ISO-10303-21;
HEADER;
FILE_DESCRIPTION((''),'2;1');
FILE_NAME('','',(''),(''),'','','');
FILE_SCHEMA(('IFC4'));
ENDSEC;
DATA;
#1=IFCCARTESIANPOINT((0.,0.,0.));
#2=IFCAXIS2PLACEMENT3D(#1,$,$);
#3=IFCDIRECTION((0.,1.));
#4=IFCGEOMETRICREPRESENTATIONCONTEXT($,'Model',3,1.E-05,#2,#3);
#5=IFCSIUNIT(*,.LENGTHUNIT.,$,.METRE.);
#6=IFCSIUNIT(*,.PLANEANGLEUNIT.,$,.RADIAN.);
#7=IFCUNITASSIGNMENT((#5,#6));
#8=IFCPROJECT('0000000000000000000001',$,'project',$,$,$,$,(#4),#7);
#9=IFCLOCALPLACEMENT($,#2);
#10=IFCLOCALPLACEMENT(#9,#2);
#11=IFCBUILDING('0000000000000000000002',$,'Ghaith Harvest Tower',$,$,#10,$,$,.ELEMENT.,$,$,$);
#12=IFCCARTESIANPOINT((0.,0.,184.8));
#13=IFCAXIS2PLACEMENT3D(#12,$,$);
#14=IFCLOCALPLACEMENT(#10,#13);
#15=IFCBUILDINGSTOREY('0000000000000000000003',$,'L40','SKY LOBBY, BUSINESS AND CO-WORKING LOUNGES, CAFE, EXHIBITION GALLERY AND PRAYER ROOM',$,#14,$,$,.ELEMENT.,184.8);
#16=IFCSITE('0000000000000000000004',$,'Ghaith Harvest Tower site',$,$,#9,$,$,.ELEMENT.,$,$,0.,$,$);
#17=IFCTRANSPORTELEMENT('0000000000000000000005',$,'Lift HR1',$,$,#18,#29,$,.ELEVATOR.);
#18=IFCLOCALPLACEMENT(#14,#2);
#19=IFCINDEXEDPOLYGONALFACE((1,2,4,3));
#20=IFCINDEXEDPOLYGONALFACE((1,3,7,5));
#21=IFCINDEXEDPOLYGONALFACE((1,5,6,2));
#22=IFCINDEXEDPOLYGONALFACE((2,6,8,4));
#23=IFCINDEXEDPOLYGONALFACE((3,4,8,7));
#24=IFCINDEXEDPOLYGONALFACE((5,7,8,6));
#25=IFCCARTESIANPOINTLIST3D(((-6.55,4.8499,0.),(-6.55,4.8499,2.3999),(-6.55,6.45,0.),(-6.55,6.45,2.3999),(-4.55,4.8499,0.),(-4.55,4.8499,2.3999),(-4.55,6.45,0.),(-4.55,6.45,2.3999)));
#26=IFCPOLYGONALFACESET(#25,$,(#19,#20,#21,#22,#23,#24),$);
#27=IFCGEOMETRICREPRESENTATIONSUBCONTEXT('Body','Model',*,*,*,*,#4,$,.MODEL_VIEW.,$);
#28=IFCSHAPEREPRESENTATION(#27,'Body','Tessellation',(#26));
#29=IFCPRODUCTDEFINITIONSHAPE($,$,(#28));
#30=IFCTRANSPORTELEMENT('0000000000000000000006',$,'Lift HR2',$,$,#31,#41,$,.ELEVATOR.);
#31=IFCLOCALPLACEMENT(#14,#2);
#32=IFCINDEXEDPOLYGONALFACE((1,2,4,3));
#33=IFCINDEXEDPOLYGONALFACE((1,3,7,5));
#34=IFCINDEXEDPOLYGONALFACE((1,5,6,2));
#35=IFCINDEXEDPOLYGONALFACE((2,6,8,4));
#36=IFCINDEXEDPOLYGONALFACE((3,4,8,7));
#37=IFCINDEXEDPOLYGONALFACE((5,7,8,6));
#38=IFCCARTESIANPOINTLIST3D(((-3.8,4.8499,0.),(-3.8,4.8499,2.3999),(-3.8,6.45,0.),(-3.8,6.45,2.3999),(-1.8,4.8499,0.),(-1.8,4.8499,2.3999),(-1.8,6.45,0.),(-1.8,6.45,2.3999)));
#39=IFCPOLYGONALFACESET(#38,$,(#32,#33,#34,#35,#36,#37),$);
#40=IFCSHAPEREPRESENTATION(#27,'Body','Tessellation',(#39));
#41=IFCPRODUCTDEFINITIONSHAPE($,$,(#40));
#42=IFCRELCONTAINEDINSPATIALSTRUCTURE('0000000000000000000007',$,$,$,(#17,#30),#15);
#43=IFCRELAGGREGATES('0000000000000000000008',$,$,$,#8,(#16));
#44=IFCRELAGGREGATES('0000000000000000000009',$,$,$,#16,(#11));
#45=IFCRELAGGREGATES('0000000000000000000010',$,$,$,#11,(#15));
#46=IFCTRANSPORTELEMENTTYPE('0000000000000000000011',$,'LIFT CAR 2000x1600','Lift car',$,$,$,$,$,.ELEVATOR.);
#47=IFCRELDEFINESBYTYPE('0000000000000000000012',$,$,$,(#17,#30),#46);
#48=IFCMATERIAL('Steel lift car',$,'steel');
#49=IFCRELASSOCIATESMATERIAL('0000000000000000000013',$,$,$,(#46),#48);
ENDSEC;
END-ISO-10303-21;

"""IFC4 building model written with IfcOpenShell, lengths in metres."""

from ifc_helpers import new_model, si_unit, direction, frame, origin, origin_2d, place, context, subcontext, project, spatial, rectangle, extrude, material, type_object, element, save


model = new_model("IFC4")

# Units and contexts
model_context = context("Model", 3, precision=1e-05, world=origin(), true_north=direction((0.0, 1.0)))
body_context = subcontext(model_context, "Body", "Model", "MODEL_VIEW")
ifc_project = project(units=[si_unit("LENGTHUNIT", "METRE"), si_unit("PLANEANGLEUNIT", "RADIAN")], contexts=[model_context])

# Site, building, storey
site_placement = place(None, origin())
site = spatial("IfcSite", under=ifc_project, at=site_placement, Name="Ghaith Harvest Tower site", CompositionType="ELEMENT", RefElevation=0.0)
building_placement = place(site_placement, origin())
building = spatial("IfcBuilding", under=site, at=building_placement, Name="Ghaith Harvest Tower", CompositionType="ELEMENT")
storey_placement = place(building_placement, frame((0.0, 0.0, 184.8)))
storey = spatial("IfcBuildingStorey", under=building, at=storey_placement, Name="L40", Description="SKY LOBBY, BUSINESS AND CO-WORKING LOUNGES, CAFE, EXHIBITION GALLERY AND PRAYER ROOM", CompositionType="ELEMENT", Elevation=184.8)

# Transport elements
ifc_material_1 = material(Name="Steel lift car", Category="steel")
transport_element_type = type_object("IfcTransportElementType", Name="LIFT CAR 2000x1600", Description="Lift car", PredefinedType="ELEVATOR", material=ifc_material_1)
for number, where, z_axis, x_axis, name in (
    (1, (-5.55, 5.6499, 0.0), (0.0, 0.0, 1.0), (1.0, 0.0, 0.0), "Lift HR1"),
    (2, (-2.8, 5.6499, 0.0), (0.0, 0.0, 1.0), (1.0, 0.0, 0.0), "Lift HR2"),
):
    element("IfcTransportElement", number, at=place(storey_placement, frame(where, z_axis=z_axis, x_axis=x_axis)), inside=storey, type_object=transport_element_type, Name=name, PredefinedType="ELEVATOR", context=body_context, shape_type="SweptSolid", body=[
        extrude(rectangle(XDim=2.0, YDim=1.6001, at=origin_2d()), origin(), (0.0, 0.0, 1.0), 2.3999),
    ])

save(model, "model.ifc")
